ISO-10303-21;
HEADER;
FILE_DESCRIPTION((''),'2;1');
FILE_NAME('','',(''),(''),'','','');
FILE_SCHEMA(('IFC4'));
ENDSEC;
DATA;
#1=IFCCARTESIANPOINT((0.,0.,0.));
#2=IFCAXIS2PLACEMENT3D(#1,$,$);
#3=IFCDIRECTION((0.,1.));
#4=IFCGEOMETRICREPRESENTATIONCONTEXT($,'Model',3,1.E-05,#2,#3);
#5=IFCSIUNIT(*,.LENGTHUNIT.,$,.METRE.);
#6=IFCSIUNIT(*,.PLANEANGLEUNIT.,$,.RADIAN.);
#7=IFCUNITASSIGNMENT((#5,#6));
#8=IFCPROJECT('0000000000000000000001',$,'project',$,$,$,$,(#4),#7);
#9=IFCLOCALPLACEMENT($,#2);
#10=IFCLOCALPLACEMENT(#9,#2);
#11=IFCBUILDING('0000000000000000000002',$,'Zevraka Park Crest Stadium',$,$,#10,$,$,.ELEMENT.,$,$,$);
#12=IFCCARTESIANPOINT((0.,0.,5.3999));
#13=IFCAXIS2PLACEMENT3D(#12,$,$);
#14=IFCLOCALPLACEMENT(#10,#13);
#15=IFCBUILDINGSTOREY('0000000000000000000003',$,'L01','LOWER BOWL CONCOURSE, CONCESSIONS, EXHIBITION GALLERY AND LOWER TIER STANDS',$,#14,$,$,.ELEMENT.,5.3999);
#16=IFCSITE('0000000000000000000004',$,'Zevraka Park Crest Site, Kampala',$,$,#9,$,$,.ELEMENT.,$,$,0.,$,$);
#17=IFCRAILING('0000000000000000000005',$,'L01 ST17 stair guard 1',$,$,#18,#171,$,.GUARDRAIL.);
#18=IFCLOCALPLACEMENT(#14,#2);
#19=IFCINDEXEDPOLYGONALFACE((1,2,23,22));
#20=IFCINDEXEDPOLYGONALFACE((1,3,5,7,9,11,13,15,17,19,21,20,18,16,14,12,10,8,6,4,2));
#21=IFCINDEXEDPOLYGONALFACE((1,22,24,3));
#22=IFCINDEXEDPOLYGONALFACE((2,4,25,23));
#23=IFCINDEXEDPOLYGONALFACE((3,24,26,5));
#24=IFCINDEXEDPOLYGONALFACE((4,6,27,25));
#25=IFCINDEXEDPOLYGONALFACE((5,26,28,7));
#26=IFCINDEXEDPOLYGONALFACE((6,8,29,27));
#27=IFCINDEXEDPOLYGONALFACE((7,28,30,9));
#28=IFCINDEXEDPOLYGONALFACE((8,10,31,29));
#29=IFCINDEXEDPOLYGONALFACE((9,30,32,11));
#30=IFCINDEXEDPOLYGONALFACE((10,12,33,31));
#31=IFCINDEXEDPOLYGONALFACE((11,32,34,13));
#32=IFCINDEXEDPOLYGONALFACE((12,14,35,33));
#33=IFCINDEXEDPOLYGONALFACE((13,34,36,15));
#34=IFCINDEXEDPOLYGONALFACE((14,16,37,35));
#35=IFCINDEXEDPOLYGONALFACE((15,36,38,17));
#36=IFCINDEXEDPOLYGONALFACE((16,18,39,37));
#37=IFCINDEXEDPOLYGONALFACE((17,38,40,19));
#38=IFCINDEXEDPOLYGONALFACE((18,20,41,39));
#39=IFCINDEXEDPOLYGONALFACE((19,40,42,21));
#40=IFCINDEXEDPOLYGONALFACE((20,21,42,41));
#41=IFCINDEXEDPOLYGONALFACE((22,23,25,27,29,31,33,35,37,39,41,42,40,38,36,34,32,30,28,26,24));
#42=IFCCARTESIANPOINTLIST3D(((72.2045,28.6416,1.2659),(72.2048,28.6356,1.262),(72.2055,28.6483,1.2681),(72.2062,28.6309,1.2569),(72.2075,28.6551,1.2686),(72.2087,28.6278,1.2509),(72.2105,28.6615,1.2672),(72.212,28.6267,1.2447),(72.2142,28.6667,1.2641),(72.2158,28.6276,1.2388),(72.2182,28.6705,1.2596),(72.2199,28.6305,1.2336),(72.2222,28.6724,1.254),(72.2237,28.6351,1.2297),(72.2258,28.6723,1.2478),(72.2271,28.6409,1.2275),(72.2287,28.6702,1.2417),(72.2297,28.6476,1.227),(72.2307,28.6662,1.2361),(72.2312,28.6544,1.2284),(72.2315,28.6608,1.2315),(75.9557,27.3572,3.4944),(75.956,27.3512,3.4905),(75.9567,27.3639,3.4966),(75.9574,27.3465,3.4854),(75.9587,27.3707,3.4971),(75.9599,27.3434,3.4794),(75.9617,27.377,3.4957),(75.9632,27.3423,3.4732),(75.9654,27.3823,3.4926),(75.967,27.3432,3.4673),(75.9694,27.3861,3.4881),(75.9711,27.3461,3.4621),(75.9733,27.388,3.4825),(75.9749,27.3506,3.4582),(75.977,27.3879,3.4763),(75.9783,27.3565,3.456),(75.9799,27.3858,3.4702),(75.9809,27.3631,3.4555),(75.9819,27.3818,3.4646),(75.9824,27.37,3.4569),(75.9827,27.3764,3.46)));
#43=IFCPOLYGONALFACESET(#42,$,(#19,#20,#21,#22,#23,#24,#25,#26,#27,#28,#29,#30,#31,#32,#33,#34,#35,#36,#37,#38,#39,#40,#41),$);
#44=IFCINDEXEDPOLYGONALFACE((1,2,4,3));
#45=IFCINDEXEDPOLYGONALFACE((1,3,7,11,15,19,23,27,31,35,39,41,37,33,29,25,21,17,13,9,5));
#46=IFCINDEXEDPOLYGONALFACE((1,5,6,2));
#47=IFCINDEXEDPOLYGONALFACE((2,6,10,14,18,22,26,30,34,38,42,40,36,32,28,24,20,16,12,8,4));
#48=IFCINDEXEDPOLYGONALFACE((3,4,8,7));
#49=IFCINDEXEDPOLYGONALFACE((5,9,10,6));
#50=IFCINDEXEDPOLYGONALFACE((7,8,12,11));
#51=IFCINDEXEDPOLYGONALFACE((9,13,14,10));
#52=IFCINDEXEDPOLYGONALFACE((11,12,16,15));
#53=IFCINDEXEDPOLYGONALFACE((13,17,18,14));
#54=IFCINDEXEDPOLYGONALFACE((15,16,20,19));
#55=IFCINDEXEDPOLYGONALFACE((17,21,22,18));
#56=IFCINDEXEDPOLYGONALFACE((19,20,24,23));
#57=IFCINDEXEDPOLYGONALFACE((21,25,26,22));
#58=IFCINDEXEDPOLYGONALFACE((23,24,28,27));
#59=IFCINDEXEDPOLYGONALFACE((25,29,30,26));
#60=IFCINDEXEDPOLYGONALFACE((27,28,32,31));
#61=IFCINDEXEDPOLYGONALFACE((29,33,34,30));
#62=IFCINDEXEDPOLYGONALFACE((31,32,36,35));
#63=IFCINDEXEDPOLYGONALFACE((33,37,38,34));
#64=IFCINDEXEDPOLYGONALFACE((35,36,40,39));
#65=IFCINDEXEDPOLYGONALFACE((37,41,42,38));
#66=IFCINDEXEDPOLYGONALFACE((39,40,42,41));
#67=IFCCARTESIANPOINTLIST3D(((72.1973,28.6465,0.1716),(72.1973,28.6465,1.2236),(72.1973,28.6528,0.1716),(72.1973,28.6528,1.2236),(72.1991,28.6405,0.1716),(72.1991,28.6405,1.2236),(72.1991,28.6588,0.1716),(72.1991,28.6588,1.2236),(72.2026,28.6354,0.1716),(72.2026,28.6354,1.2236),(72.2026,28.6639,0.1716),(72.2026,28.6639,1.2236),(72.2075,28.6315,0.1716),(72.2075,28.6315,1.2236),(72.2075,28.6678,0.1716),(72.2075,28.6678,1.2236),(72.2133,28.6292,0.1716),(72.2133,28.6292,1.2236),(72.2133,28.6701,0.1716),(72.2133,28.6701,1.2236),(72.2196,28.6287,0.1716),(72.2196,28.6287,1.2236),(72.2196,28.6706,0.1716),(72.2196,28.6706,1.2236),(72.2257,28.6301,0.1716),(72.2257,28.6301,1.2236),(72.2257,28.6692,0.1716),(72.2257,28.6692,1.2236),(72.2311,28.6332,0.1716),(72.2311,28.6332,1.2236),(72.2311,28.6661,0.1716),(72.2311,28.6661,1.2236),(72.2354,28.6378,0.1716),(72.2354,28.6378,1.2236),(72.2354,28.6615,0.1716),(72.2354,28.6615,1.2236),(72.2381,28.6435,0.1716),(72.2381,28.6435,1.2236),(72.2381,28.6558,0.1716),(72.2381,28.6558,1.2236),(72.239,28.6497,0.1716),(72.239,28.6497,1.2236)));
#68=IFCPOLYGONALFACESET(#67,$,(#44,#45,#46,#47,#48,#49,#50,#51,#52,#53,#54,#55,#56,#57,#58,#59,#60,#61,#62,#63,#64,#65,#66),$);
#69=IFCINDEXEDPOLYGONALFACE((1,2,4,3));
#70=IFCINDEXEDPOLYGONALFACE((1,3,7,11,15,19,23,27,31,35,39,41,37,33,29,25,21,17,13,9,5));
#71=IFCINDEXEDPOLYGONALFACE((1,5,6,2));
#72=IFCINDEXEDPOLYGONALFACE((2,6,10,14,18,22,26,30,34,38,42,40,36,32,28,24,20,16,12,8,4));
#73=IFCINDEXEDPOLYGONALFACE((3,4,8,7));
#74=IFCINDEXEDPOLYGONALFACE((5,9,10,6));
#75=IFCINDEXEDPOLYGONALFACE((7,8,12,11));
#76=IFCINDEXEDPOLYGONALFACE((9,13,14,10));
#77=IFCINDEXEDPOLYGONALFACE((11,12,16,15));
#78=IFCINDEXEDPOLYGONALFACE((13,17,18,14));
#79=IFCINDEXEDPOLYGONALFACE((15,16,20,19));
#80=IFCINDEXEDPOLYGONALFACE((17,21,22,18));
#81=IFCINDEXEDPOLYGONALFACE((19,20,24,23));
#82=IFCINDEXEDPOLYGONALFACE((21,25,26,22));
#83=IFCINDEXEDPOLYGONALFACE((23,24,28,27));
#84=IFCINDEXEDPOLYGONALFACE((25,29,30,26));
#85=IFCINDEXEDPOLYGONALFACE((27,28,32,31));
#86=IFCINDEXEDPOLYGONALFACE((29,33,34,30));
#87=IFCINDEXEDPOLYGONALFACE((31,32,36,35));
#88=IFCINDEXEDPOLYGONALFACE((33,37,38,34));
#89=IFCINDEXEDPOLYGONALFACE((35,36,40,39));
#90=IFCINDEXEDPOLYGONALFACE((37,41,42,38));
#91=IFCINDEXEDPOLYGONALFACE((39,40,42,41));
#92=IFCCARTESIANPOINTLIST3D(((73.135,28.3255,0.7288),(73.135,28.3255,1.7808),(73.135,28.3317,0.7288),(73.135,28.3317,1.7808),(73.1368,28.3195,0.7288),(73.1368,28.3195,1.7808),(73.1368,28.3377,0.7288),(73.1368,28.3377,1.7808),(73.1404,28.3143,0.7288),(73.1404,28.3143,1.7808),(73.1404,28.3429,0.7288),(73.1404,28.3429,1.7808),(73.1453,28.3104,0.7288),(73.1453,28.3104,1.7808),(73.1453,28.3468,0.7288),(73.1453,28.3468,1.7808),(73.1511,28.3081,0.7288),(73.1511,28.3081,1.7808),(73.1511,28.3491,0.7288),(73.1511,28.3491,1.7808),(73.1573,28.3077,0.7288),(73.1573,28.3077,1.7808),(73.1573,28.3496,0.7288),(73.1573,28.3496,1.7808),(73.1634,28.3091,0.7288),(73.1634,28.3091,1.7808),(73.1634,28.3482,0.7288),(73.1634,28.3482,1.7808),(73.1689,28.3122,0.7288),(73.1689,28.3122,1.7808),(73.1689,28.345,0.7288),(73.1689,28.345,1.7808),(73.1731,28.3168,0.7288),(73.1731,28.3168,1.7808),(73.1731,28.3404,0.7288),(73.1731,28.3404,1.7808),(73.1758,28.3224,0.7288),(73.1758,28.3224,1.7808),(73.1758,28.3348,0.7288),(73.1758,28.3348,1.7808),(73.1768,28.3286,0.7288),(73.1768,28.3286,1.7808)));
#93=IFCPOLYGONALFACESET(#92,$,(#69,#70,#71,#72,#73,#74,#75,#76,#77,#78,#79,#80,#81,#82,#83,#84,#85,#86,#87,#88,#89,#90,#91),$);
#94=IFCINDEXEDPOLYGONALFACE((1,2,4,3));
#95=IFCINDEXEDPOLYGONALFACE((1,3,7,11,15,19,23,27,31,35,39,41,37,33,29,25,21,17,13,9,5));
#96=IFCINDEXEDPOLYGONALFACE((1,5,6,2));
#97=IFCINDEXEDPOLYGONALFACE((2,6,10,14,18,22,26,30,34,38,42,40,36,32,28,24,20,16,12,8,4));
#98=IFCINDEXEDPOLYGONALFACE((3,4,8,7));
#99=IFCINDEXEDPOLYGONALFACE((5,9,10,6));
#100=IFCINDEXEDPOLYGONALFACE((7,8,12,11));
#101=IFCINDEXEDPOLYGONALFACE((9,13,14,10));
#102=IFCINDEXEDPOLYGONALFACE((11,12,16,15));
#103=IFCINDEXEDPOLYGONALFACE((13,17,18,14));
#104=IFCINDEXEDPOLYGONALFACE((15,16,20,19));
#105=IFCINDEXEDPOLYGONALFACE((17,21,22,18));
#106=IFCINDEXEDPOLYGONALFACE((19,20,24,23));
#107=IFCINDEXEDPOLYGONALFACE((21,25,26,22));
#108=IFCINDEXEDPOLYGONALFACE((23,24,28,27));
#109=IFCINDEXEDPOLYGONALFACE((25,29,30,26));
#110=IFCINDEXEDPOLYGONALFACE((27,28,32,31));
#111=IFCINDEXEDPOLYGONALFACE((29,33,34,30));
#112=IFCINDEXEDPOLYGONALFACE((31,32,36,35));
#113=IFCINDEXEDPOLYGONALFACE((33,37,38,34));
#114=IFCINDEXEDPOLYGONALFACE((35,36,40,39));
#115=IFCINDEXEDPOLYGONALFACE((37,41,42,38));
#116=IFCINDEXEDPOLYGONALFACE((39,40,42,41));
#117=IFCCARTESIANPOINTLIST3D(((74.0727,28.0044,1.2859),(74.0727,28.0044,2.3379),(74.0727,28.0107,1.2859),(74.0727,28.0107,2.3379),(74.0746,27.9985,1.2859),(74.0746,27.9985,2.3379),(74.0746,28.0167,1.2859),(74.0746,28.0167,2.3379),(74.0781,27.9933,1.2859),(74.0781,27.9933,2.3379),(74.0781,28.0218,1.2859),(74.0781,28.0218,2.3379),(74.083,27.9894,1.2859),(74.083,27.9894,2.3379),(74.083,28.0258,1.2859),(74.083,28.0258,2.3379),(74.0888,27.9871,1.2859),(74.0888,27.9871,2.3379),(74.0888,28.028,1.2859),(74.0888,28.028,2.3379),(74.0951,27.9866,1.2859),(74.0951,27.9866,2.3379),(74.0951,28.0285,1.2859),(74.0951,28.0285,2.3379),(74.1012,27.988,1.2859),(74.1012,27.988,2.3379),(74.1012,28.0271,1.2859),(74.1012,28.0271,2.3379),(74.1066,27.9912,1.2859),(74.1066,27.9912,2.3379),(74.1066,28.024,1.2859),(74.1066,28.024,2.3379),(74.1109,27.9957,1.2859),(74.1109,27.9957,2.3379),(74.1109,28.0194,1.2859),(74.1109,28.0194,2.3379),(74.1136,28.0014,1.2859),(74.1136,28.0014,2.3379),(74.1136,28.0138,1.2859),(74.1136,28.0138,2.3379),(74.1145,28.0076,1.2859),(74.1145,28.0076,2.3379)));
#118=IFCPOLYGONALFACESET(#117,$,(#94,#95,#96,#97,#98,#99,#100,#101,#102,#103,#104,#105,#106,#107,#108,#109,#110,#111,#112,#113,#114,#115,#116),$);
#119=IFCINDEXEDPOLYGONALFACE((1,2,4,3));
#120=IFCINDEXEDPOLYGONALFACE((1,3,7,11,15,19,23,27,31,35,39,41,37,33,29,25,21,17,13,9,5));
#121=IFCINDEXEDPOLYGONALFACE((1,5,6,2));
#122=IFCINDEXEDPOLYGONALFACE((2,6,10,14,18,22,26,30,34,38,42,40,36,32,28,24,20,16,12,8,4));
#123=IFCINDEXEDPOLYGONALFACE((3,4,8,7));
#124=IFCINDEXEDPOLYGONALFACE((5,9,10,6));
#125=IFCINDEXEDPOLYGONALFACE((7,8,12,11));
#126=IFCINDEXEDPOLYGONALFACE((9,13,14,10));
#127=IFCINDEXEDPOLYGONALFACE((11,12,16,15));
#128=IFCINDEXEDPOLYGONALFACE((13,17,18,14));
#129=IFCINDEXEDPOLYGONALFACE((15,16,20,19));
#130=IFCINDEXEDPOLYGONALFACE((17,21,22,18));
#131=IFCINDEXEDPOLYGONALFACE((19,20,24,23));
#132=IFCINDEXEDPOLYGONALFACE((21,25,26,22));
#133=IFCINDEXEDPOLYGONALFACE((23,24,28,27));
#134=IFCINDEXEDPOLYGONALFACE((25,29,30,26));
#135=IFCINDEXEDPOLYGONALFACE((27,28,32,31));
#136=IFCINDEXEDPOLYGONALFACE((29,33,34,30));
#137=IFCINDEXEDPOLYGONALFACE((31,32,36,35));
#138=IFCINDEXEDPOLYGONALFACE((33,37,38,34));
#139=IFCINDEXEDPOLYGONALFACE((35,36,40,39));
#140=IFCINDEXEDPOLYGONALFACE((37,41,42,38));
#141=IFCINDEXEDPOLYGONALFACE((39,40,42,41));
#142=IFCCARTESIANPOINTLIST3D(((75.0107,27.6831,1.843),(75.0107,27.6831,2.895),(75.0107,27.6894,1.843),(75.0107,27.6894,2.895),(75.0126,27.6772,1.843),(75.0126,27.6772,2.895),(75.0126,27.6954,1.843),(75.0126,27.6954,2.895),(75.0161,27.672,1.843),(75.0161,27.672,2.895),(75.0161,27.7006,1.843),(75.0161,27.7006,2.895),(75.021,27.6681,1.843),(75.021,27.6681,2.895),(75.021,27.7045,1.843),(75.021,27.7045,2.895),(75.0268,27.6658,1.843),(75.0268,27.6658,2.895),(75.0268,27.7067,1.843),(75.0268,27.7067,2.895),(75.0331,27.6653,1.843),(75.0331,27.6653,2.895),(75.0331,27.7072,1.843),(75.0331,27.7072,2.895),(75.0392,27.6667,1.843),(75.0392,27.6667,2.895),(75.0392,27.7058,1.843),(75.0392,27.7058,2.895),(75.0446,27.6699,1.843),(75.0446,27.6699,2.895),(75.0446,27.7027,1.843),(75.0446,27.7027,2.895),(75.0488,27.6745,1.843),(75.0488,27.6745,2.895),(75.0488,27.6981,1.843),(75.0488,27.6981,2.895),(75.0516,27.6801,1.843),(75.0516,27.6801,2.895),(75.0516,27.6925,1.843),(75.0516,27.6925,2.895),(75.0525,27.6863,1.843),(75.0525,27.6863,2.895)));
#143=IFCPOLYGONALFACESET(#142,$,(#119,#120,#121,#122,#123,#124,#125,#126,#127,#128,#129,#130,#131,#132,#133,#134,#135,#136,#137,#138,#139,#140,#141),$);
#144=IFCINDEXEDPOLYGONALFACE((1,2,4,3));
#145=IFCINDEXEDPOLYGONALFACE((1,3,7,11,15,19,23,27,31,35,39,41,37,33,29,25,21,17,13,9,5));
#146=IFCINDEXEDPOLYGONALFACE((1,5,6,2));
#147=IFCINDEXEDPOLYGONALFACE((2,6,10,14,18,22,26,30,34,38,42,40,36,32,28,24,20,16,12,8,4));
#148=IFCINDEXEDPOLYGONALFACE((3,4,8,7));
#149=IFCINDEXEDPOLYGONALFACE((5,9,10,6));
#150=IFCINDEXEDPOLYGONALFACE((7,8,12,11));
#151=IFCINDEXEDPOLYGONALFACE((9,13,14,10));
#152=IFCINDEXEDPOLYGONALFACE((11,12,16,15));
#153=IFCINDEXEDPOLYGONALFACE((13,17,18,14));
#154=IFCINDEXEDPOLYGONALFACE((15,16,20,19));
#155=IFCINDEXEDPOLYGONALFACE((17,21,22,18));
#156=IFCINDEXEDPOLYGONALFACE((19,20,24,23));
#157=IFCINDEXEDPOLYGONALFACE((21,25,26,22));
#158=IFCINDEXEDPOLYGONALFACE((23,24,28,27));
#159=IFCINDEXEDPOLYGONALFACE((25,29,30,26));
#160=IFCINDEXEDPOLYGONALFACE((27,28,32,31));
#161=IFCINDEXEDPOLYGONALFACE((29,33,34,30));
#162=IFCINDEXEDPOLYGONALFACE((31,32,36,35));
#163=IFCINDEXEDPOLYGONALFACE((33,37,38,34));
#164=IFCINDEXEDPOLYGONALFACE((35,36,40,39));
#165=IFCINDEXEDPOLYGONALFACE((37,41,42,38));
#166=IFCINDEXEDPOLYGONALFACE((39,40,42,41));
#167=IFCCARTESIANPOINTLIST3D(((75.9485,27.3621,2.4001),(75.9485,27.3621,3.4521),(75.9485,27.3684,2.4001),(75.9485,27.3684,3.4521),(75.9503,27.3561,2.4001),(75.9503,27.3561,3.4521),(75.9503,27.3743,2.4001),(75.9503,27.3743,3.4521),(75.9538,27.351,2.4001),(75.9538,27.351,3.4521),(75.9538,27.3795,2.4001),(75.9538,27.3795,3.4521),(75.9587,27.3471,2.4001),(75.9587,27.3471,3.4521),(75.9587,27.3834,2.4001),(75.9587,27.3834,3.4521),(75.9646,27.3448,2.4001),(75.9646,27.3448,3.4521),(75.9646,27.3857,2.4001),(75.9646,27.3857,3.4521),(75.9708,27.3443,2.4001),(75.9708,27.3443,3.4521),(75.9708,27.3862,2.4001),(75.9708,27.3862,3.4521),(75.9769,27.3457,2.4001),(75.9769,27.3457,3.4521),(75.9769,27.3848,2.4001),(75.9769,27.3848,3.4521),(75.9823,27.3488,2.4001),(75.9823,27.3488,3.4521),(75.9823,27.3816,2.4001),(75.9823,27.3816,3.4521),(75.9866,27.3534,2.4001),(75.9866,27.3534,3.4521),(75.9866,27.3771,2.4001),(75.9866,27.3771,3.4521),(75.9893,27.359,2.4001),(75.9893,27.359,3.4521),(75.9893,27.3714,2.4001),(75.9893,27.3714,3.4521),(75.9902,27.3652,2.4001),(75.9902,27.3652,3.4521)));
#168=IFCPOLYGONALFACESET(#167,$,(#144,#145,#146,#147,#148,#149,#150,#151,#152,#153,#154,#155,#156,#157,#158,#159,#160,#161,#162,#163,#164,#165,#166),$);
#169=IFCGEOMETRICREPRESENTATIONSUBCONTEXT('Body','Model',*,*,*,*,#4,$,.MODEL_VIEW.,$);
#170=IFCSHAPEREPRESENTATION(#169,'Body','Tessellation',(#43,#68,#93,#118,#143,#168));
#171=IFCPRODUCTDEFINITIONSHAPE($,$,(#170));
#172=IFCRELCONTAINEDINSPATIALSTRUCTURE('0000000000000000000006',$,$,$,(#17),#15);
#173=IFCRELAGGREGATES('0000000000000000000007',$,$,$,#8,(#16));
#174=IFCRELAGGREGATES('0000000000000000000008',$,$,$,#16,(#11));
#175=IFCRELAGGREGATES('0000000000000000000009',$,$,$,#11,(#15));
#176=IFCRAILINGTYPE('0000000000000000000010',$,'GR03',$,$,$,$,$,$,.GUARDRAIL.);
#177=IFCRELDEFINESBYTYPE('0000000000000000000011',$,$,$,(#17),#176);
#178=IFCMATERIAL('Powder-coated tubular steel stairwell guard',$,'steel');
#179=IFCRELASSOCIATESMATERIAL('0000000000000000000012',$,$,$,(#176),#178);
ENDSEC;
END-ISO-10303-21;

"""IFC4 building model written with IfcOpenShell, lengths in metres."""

from ifc_helpers import new_model, si_unit, direction, frame, origin, origin_2d, place, context, subcontext, project, spatial, circle, extrude, material, type_object, element, save


model = new_model("IFC4")

# Units and contexts
model_context = context("Model", 3, precision=1e-05, world=origin(), true_north=direction((0.0, 1.0)))
body_context = subcontext(model_context, "Body", "Model", "MODEL_VIEW")
ifc_project = project(units=[si_unit("LENGTHUNIT", "METRE"), si_unit("PLANEANGLEUNIT", "RADIAN")], contexts=[model_context])

# Site, building, storey
site_placement = place(None, origin())
site = spatial("IfcSite", under=ifc_project, at=site_placement, Name="Zevraka Park Crest Site, Kampala", CompositionType="ELEMENT", RefElevation=0.0)
building_placement = place(site_placement, origin())
building = spatial("IfcBuilding", under=site, at=building_placement, Name="Zevraka Park Crest Stadium", CompositionType="ELEMENT")
storey_placement = place(building_placement, frame((0.0, 0.0, 5.3999)))
storey = spatial("IfcBuildingStorey", under=building, at=storey_placement, Name="L01", Description="LOWER BOWL CONCOURSE, CONCESSIONS, EXHIBITION GALLERY AND LOWER TIER STANDS", CompositionType="ELEMENT", Elevation=5.3999)

# Railing
ifc_material_1 = material(Name="Powder-coated tubular steel stairwell guard", Category="steel")
railing_type_1 = type_object("IfcRailingType", Name="GR03", PredefinedType="GUARDRAIL", material=ifc_material_1)
railing_1_placement = place(storey_placement, frame((72.218, 28.6497, 0.1716)))
element("IfcRailing", 1, at=railing_1_placement, inside=storey, type_object=railing_type_1, Name="L01 ST17 stair guard 1", PredefinedType="GUARDRAIL", context=body_context, shape_type="SweptSolid", body=[
    extrude(circle(Radius=0.0239, at=origin_2d()), frame((0.0, 0.0, 1.0762), z_axis=(0.824739, -0.282392, 0.489959), x_axis=(0.323939, 0.946078, 0.0)), (0.0, 0.0, 1.0), 4.5483),
    extrude(circle(Radius=0.021, at=origin_2d()), origin(), (0.0, 0.0, 1.0), 1.052),
    extrude(circle(Radius=0.021, at=origin_2d()), frame((0.9377, -0.321, 0.5571)), (0.0, 0.0, 1.0), 1.052),
    extrude(circle(Radius=0.021, at=origin_2d()), frame((1.8755, -0.6421, 1.1143)), (0.0, 0.0, 1.0), 1.052),
    extrude(circle(Radius=0.021, at=origin_2d()), frame((2.8135, -0.9634, 1.6714)), (0.0, 0.0, 1.0), 1.052),
    extrude(circle(Radius=0.021, at=origin_2d()), frame((3.7512, -1.2844, 2.2285)), (0.0, 0.0, 1.0), 1.052),
])

save(model, "model.ifc")
